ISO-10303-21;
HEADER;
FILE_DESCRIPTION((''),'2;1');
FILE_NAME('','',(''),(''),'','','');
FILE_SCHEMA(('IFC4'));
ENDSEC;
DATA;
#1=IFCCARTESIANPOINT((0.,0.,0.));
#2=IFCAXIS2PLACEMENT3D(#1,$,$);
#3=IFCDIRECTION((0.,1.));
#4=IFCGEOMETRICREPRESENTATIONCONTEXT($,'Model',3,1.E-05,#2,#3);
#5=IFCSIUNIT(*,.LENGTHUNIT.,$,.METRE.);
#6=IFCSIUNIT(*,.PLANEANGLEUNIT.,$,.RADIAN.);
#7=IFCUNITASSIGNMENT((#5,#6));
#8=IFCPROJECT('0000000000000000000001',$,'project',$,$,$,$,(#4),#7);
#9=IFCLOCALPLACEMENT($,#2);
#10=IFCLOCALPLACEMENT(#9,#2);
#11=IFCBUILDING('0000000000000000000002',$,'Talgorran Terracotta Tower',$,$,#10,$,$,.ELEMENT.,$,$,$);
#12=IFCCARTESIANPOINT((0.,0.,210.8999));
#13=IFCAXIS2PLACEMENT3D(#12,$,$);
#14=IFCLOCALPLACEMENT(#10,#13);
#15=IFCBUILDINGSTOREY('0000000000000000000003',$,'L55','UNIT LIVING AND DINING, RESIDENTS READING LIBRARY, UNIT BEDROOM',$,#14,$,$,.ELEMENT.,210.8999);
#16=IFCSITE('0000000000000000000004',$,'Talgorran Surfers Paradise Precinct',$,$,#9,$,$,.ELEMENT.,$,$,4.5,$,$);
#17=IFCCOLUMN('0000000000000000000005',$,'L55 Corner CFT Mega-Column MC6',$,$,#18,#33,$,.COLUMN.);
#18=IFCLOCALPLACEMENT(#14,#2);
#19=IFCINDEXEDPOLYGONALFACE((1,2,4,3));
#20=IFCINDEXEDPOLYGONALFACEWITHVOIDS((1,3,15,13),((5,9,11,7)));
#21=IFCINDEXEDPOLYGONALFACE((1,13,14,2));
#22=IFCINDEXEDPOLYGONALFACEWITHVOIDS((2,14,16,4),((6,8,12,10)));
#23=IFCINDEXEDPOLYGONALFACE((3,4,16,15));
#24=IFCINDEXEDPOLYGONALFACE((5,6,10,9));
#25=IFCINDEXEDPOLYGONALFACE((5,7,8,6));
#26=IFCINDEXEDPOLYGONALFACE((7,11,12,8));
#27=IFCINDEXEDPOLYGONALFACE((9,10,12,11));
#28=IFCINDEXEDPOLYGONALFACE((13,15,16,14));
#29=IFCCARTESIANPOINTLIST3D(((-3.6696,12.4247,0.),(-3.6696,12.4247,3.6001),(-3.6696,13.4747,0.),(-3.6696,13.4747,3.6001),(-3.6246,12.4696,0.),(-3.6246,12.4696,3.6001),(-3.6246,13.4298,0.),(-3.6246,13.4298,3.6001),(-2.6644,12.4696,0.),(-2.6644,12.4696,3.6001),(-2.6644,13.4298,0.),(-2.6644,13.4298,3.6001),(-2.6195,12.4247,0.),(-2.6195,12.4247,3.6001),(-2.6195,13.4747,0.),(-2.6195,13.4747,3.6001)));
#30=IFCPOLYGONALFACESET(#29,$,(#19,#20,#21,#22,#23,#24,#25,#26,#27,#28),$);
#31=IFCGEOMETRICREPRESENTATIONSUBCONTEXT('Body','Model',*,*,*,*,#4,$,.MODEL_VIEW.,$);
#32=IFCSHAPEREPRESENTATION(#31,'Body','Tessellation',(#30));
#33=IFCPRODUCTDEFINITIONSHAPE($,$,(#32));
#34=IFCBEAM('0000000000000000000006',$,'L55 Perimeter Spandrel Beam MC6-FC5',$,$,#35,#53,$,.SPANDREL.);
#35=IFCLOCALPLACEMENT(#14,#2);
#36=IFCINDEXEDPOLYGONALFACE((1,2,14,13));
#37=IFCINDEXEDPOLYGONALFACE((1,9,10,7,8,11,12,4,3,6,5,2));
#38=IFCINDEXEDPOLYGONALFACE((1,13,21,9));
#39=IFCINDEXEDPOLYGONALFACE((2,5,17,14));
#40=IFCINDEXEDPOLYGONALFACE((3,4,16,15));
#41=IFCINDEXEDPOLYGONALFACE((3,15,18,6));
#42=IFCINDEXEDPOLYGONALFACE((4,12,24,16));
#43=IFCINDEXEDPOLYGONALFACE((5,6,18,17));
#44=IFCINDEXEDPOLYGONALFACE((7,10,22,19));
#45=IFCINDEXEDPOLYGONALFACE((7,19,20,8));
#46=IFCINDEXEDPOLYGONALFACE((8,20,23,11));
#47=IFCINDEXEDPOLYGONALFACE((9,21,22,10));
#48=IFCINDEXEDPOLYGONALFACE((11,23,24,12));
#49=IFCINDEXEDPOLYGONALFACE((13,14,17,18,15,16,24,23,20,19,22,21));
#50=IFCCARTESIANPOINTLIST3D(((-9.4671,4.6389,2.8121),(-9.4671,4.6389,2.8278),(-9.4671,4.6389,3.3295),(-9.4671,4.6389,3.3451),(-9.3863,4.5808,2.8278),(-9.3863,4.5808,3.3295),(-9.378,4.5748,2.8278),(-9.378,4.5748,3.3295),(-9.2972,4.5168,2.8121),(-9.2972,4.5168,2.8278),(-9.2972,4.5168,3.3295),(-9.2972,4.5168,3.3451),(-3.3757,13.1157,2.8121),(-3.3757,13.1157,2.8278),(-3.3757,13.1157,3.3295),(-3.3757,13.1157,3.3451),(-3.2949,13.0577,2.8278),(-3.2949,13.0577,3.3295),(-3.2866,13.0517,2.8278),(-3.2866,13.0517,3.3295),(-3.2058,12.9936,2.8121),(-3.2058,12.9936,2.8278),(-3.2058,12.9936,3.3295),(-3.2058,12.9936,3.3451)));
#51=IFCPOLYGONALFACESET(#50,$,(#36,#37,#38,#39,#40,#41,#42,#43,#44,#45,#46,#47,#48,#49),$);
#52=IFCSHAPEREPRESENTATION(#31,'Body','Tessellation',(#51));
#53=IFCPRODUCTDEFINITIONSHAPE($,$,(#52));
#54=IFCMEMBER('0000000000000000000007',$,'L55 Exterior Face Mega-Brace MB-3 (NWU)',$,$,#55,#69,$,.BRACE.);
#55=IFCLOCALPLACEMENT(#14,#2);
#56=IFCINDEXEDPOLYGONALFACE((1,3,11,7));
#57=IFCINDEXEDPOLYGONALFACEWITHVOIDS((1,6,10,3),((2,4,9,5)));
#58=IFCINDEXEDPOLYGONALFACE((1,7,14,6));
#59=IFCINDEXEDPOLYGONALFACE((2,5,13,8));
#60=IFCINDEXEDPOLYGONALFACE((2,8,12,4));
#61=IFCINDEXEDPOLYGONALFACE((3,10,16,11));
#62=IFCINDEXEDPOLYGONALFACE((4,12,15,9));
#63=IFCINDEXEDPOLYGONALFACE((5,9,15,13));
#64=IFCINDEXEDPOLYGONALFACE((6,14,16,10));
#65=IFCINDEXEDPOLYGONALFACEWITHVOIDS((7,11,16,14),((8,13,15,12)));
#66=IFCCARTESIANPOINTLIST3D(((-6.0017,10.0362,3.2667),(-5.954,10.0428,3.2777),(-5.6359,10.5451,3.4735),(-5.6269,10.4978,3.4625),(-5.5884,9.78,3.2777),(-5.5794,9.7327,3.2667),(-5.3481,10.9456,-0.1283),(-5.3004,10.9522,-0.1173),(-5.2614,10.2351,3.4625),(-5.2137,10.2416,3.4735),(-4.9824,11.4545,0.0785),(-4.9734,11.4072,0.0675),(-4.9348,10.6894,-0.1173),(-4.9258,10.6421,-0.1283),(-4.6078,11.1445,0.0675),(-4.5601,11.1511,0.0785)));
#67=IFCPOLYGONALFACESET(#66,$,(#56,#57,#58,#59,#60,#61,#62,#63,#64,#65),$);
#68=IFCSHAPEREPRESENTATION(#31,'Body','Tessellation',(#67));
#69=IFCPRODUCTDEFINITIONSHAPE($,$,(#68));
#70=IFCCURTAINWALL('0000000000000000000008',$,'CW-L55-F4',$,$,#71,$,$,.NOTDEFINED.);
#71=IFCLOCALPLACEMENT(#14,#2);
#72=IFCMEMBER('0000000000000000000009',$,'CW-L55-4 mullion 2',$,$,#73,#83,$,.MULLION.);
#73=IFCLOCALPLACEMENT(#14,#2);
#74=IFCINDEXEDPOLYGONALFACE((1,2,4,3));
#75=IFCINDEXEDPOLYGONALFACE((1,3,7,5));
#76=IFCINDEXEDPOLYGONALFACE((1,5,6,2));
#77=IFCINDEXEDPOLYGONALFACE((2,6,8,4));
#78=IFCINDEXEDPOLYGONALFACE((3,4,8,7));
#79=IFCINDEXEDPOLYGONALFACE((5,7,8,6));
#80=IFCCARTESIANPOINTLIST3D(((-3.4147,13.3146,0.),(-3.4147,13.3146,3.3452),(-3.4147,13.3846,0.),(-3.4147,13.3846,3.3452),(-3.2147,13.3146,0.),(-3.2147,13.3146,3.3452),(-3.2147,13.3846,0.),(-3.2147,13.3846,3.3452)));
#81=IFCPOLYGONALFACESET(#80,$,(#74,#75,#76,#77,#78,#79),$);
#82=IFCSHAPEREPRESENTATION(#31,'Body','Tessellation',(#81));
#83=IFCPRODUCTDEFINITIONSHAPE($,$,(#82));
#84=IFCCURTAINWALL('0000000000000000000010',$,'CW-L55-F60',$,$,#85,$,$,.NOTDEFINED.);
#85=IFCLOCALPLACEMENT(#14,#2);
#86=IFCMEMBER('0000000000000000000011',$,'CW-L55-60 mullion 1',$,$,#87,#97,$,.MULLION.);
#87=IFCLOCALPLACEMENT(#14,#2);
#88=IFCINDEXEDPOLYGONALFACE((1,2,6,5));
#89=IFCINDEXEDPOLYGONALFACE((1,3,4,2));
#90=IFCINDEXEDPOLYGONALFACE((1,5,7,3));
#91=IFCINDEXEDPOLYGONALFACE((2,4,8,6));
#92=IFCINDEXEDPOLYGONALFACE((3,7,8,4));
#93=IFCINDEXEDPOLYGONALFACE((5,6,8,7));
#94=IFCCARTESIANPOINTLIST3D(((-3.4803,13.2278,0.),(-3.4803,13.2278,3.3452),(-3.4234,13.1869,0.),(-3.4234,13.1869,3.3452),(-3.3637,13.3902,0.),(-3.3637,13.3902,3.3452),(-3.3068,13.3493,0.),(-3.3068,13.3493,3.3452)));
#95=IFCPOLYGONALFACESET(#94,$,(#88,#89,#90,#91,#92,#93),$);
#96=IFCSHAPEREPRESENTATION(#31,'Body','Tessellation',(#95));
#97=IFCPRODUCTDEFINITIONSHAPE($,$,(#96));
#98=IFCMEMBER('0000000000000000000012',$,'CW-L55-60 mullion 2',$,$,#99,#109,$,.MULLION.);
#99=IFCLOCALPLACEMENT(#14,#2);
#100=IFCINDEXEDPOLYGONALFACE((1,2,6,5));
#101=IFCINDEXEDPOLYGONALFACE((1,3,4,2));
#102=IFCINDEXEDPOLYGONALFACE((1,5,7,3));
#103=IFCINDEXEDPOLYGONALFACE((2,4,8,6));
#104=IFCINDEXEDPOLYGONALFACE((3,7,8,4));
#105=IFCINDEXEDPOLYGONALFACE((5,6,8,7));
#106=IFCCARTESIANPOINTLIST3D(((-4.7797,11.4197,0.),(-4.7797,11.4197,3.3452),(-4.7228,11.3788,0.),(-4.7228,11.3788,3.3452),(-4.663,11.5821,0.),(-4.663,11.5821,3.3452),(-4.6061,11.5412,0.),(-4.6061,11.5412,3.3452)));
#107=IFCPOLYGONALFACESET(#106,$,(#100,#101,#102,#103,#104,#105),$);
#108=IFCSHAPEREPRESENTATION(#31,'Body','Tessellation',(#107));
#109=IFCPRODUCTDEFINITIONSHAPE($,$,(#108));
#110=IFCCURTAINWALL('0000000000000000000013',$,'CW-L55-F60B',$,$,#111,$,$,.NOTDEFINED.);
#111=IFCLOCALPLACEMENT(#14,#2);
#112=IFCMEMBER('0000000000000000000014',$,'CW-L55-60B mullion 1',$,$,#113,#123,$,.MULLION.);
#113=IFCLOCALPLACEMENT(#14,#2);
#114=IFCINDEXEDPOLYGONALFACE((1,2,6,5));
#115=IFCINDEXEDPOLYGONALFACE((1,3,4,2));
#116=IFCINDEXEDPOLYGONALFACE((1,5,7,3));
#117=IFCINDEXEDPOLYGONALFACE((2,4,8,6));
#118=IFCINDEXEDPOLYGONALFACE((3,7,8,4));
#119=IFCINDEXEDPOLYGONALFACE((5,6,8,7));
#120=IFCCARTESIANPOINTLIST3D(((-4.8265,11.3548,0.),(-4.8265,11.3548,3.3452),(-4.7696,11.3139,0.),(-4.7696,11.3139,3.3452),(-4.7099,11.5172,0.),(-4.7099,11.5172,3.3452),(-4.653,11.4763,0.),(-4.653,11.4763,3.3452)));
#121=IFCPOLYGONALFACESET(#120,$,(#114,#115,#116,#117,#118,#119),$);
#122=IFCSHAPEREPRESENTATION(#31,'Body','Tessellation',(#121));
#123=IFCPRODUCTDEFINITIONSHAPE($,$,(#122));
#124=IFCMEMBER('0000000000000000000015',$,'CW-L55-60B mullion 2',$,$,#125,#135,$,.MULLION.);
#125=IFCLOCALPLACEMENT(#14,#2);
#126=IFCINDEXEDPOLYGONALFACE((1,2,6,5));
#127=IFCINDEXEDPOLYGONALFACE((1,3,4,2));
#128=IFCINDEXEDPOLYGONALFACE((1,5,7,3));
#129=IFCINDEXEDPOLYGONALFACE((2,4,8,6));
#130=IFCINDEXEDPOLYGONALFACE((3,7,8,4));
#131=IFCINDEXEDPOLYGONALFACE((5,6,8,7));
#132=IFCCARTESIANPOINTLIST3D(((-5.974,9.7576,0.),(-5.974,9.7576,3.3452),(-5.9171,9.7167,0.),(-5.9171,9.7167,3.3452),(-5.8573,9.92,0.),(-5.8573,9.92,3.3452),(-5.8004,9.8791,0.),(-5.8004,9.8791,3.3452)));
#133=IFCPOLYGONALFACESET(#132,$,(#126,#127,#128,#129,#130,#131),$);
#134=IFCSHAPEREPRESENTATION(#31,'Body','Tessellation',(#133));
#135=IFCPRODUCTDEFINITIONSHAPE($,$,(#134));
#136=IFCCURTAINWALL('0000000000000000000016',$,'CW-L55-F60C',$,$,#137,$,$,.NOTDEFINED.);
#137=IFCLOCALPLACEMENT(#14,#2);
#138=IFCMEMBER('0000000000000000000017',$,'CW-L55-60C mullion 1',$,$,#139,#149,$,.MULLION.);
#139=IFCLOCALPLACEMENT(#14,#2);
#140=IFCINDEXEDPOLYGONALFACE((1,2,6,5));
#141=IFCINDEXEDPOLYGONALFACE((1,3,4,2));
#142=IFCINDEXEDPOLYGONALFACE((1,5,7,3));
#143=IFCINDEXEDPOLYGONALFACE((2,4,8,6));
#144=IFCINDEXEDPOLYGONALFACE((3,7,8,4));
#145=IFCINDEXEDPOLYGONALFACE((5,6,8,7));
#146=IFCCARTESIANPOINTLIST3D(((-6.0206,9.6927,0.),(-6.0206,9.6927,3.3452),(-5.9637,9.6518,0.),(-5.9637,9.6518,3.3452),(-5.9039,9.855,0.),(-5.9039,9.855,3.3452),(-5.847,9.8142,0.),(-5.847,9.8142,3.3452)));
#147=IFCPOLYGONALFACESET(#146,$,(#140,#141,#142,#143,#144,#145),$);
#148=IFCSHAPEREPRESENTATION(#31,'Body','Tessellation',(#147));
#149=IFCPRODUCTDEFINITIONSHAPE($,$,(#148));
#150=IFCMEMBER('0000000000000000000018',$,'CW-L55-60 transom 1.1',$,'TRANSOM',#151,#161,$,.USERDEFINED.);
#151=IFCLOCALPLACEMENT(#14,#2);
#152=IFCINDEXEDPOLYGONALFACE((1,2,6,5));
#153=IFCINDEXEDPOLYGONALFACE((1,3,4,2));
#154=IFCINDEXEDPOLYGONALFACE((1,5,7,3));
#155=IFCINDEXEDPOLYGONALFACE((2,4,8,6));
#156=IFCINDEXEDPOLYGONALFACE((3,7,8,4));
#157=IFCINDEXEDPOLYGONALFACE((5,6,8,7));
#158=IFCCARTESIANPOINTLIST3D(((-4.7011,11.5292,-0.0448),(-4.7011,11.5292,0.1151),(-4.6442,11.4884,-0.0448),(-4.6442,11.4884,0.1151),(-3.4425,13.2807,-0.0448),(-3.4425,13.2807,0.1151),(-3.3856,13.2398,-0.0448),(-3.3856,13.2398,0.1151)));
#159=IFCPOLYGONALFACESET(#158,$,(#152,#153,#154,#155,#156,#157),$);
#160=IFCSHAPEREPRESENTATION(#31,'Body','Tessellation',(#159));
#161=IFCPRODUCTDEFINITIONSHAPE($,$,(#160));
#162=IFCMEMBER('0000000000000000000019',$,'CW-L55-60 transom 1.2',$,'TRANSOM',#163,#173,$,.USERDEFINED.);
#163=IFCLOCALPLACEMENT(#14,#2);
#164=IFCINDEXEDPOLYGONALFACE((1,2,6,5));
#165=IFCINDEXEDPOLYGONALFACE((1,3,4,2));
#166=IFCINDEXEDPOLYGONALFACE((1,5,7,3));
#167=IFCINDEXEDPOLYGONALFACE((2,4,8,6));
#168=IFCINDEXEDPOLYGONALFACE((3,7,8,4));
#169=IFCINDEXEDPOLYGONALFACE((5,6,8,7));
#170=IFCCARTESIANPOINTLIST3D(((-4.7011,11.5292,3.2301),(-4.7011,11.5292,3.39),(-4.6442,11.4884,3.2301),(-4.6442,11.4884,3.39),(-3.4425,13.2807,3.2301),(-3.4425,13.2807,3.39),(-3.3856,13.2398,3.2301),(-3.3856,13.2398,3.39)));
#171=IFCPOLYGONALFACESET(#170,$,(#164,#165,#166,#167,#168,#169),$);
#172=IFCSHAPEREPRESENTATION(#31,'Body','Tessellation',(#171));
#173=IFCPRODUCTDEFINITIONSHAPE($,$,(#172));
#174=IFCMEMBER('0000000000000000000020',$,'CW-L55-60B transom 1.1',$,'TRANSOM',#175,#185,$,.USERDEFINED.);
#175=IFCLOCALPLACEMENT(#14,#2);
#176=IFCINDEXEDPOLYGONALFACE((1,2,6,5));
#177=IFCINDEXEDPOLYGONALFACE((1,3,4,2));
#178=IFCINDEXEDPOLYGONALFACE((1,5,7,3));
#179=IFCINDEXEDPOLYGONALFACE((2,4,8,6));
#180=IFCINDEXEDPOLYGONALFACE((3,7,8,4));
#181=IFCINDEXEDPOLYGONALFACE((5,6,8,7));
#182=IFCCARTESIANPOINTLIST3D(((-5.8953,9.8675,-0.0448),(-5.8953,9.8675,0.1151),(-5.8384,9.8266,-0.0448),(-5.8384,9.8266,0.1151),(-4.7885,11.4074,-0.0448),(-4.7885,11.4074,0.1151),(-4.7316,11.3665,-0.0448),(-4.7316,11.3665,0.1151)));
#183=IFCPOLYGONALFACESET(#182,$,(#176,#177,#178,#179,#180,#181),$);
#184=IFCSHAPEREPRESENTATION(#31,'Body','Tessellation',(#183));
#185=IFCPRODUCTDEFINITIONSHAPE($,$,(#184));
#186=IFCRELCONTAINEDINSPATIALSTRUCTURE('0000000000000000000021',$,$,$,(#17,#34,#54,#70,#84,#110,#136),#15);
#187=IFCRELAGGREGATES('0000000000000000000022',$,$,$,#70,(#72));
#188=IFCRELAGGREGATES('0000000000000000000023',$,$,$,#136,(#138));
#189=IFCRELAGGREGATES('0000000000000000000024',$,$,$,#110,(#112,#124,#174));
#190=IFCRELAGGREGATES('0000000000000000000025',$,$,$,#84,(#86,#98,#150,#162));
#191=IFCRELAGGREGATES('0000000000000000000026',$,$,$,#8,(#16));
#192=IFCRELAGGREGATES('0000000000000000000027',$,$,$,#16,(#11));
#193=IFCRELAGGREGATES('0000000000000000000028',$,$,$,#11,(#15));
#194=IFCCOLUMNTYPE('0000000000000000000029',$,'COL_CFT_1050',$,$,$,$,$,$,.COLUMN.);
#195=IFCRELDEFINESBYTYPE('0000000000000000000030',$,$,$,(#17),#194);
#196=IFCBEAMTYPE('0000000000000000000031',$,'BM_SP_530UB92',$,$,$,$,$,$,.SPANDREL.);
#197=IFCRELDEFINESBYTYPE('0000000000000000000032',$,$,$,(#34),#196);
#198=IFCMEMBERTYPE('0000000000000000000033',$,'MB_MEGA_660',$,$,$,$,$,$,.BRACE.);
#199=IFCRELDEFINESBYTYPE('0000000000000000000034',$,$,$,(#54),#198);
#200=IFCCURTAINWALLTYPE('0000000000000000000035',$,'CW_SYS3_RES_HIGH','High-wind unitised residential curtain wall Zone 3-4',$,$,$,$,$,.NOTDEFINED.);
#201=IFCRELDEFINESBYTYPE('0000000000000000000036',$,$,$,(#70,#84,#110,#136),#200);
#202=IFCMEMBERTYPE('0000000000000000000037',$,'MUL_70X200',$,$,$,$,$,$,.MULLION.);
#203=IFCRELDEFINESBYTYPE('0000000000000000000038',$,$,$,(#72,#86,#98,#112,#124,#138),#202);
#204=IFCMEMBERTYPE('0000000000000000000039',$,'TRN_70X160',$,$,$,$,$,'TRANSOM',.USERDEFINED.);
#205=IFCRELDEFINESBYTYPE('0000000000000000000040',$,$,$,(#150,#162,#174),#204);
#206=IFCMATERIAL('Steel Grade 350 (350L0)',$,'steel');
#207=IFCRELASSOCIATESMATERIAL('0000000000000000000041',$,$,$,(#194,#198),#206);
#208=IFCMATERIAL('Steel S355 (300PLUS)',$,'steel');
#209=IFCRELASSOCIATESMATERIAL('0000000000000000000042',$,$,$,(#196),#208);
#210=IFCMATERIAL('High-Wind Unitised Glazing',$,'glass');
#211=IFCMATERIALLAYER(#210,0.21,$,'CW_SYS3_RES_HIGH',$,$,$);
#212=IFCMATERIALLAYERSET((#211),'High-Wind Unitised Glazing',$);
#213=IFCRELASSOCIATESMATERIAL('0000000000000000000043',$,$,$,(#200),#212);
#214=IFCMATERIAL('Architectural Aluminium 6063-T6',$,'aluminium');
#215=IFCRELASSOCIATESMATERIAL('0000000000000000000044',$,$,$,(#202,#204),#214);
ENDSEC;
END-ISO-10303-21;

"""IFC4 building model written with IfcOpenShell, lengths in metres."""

from ifc_helpers import new_model, si_unit, direction, frame, origin, origin_2d, place, context, subcontext, project, spatial, rectangle, hollow_rectangle, i_section, extrude, material, layer, layer_set, material_profile, profile_set, type_object, element, aggregate, save


model = new_model("IFC4")

# Units and contexts
model_context = context("Model", 3, precision=1e-05, world=origin(), true_north=direction((0.0, 1.0)))
body_context = subcontext(model_context, "Body", "Model", "MODEL_VIEW")
ifc_project = project(units=[si_unit("LENGTHUNIT", "METRE"), si_unit("PLANEANGLEUNIT", "RADIAN")], contexts=[model_context])

# Site, building, storey
site_placement = place(None, origin())
site = spatial("IfcSite", under=ifc_project, at=site_placement, Name="Talgorran Surfers Paradise Precinct", CompositionType="ELEMENT", RefElevation=4.5)
building_placement = place(site_placement, origin())
building = spatial("IfcBuilding", under=site, at=building_placement, Name="Talgorran Terracotta Tower", CompositionType="ELEMENT")
storey_placement = place(building_placement, frame((0.0, 0.0, 210.8999)))
storey = spatial("IfcBuildingStorey", under=building, at=storey_placement, Name="L55", Description="UNIT LIVING AND DINING, RESIDENTS READING LIBRARY, UNIT BEDROOM", CompositionType="ELEMENT", Elevation=210.8999)

# Column
ifc_material_1 = material(Name="Steel Grade 350 (350L0)", Category="steel")
ifc_material_profile_1 = material_profile(ifc_material_1, hollow_rectangle(XDim=1.05, YDim=1.05, WallThickness=0.0449, at=origin_2d()), Name="CFT1050X1050X45")
ifc_profile_set_1 = profile_set([ifc_material_profile_1], Name="Steel Grade 350 (350L0)")
column_type = type_object("IfcColumnType", Name="COL_CFT_1050", PredefinedType="COLUMN", material=ifc_profile_set_1)
column_placement = place(storey_placement, frame((-3.1445, 12.9497, 0.0), z_axis=(0.0, 0.0, 1.0), x_axis=(1.0, 0.0, 0.0)))
element("IfcColumn", 1, at=column_placement, inside=storey, type_object=column_type, Name="L55 Corner CFT Mega-Column MC6", PredefinedType="COLUMN", context=body_context, shape_type="SweptSolid", body=[
    extrude(hollow_rectangle(XDim=1.05, YDim=1.05, WallThickness=0.0449, at=origin_2d()), origin(), (0.0, 0.0, 1.0), 3.6001),
])

# Beam
ifc_material_2 = material(Name="Steel S355 (300PLUS)", Category="steel")
ifc_material_profile_2 = material_profile(ifc_material_2, i_section(OverallWidth=0.2092, OverallDepth=0.533, WebThickness=0.0103, FlangeThickness=0.0156, at=origin_2d()), Name="530UB92.4")
ifc_profile_set_2 = profile_set([ifc_material_profile_2], Name="Steel S355 (300PLUS)")
beam_type = type_object("IfcBeamType", Name="BM_SP_530UB92", PredefinedType="SPANDREL", material=ifc_profile_set_2)
beam_placement = place(storey_placement, frame((-3.2908, 13.0547, 3.0786), z_axis=(-0.583548, -0.812079, 0.0), x_axis=(0.812079, -0.583548, 0.0)))
element("IfcBeam", 2, at=beam_placement, inside=storey, type_object=beam_type, Name="L55 Perimeter Spandrel Beam MC6-FC5", PredefinedType="SPANDREL", context=body_context, shape_type="SweptSolid", body=[
    extrude(i_section(OverallWidth=0.2092, OverallDepth=0.533, WebThickness=0.0103, FlangeThickness=0.0156, at=origin_2d()), origin(), (0.0, 0.0, 1.0), 10.4385),
])

# Member
ifc_material_profile_3 = material_profile(ifc_material_1, hollow_rectangle(XDim=0.52, YDim=0.6599, WallThickness=0.0349, at=origin_2d()), Name="WBOX660X520X35")
ifc_profile_set_3 = profile_set([ifc_material_profile_3], Name="Steel Grade 350 (350L0)")
member_type_1 = type_object("IfcMemberType", Name="MB_MEGA_660", PredefinedType="BRACE", material=ifc_profile_set_3)
member_1_placement = place(storey_placement, frame((-4.9541, 11.0483, -0.0249), z_axis=(-0.182817, -0.254387, 0.949666), x_axis=(0.812051, -0.583587, 0.0)))
element("IfcMember", 3, at=member_1_placement, inside=storey, type_object=member_type_1, Name="L55 Exterior Face Mega-Brace MB-3 (NWU)", PredefinedType="BRACE", context=body_context, shape_type="SweptSolid", body=[
    extrude(hollow_rectangle(XDim=0.52, YDim=0.6599, WallThickness=0.0349, at=origin_2d()), origin(), (0.0, 0.0, 1.0), 3.575),
])

# Curtain wall, member
ifc_material_3 = material(Name="High-Wind Unitised Glazing", Category="glass")
ifc_layer_1 = layer(ifc_material_3, 0.21, Name="CW_SYS3_RES_HIGH")
ifc_layer_set_1 = layer_set([ifc_layer_1], Name="High-Wind Unitised Glazing")
curtain_wall_type = type_object("IfcCurtainWallType", Name="CW_SYS3_RES_HIGH", Description="High-wind unitised residential curtain wall Zone 3-4", PredefinedType="NOTDEFINED", material=ifc_layer_set_1)
curtain_wall_1_placement = place(storey_placement, origin())
curtain_wall_1 = element("IfcCurtainWall", 4, at=curtain_wall_1_placement, inside=storey, type_object=curtain_wall_type, Name="CW-L55-F4", PredefinedType="NOTDEFINED")
ifc_material_4 = material(Name="Architectural Aluminium 6063-T6", Category="aluminium")
ifc_material_profile_4 = material_profile(ifc_material_4, rectangle(XDim=0.0701, YDim=0.2, at=origin_2d()), Name="CWM70X200")
ifc_profile_set_4 = profile_set([ifc_material_profile_4], Name="Architectural Aluminium 6063-T6")
member_type_2 = type_object("IfcMemberType", Name="MUL_70X200", PredefinedType="MULLION", material=ifc_profile_set_4)
member_2_placement = place(storey_placement, frame((-3.3147, 13.3496, 0.0), z_axis=(0.0, 0.0, 1.0), x_axis=(0.0, -1.0, 0.0)))
member_2 = element("IfcMember", 5, at=member_2_placement, type_object=member_type_2, Name="CW-L55-4 mullion 2", PredefinedType="MULLION", context=body_context, shape_type="SweptSolid", body=[
    extrude(rectangle(XDim=0.0701, YDim=0.2, at=origin_2d()), origin(), (0.0, 0.0, 1.0), 3.3452),
])
aggregate(curtain_wall_1, [member_2])

# Curtain walls, members
curtain_wall_2_placement = place(storey_placement, origin())
curtain_wall_2 = element("IfcCurtainWall", 6, at=curtain_wall_2_placement, inside=storey, type_object=curtain_wall_type, Name="CW-L55-F60", PredefinedType="NOTDEFINED")
member_3_placement = place(storey_placement, frame((-3.3936, 13.2886, 0.0), z_axis=(0.0, 0.0, 1.0), x_axis=(0.812065, -0.583567, 0.0)))
member_3 = element("IfcMember", 7, at=member_3_placement, type_object=member_type_2, Name="CW-L55-60 mullion 1", PredefinedType="MULLION", context=body_context, shape_type="SweptSolid", body=[
    extrude(rectangle(XDim=0.0701, YDim=0.2, at=origin_2d()), origin(), (0.0, 0.0, 1.0), 3.3452),
])
member_4_placement = place(storey_placement, frame((-4.6929, 11.4805, 0.0), z_axis=(0.0, 0.0, 1.0), x_axis=(0.812065, -0.583567, 0.0)))
member_4 = element("IfcMember", 8, at=member_4_placement, type_object=member_type_2, Name="CW-L55-60 mullion 2", PredefinedType="MULLION", context=body_context, shape_type="SweptSolid", body=[
    extrude(rectangle(XDim=0.0701, YDim=0.2, at=origin_2d()), origin(), (0.0, 0.0, 1.0), 3.3452),
])
curtain_wall_3_placement = place(storey_placement, origin())
curtain_wall_3 = element("IfcCurtainWall", 9, at=curtain_wall_3_placement, inside=storey, type_object=curtain_wall_type, Name="CW-L55-F60B", PredefinedType="NOTDEFINED")
member_5_placement = place(storey_placement, frame((-4.7397, 11.4155, 0.0), z_axis=(0.0, 0.0, 1.0), x_axis=(0.812071, -0.583558, 0.0)))
member_5 = element("IfcMember", 10, at=member_5_placement, type_object=member_type_2, Name="CW-L55-60B mullion 1", PredefinedType="MULLION", context=body_context, shape_type="SweptSolid", body=[
    extrude(rectangle(XDim=0.0701, YDim=0.2, at=origin_2d()), origin(), (0.0, 0.0, 1.0), 3.3452),
])
member_6_placement = place(storey_placement, frame((-5.8872, 9.8184, 0.0), z_axis=(0.0, 0.0, 1.0), x_axis=(0.812071, -0.583558, 0.0)))
member_6 = element("IfcMember", 11, at=member_6_placement, type_object=member_type_2, Name="CW-L55-60B mullion 2", PredefinedType="MULLION", context=body_context, shape_type="SweptSolid", body=[
    extrude(rectangle(XDim=0.0701, YDim=0.2, at=origin_2d()), origin(), (0.0, 0.0, 1.0), 3.3452),
])

# Curtain wall, member
curtain_wall_4_placement = place(storey_placement, origin())
curtain_wall_4 = element("IfcCurtainWall", 12, at=curtain_wall_4_placement, inside=storey, type_object=curtain_wall_type, Name="CW-L55-F60C", PredefinedType="NOTDEFINED")
member_7_placement = place(storey_placement, frame((-5.9338, 9.7534, 0.0), z_axis=(0.0, 0.0, 1.0), x_axis=(0.812072, -0.583557, 0.0)))
member_7 = element("IfcMember", 13, at=member_7_placement, type_object=member_type_2, Name="CW-L55-60C mullion 1", PredefinedType="MULLION", context=body_context, shape_type="SweptSolid", body=[
    extrude(rectangle(XDim=0.0701, YDim=0.2, at=origin_2d()), origin(), (0.0, 0.0, 1.0), 3.3452),
])

# Members
ifc_material_profile_5 = material_profile(ifc_material_4, rectangle(XDim=0.0701, YDim=0.1599, at=origin_2d()), Name="CWT70X160")
ifc_profile_set_5 = profile_set([ifc_material_profile_5], Name="Architectural Aluminium 6063-T6")
member_type_3 = type_object("IfcMemberType", Name="TRN_70X160", ElementType="TRANSOM", PredefinedType="USERDEFINED", material=ifc_profile_set_5)
member_8_placement = place(storey_placement, frame((-3.4141, 13.2603, 0.0352), z_axis=(-0.583538, -0.812086, 0.0), x_axis=(0.812086, -0.583538, 0.0)))
member_8 = element("IfcMember", 14, at=member_8_placement, type_object=member_type_3, Name="CW-L55-60 transom 1.1", ObjectType="TRANSOM", PredefinedType="USERDEFINED", context=body_context, shape_type="SweptSolid", body=[
    extrude(rectangle(XDim=0.0701, YDim=0.1599, at=origin_2d()), origin(), (0.0, 0.0, 1.0), 2.1567),
])
member_9_placement = place(storey_placement, frame((-3.4141, 13.2603, 3.3101), z_axis=(-0.583538, -0.812086, 0.0), x_axis=(0.812086, -0.583538, 0.0)))
member_9 = element("IfcMember", 15, at=member_9_placement, type_object=member_type_3, Name="CW-L55-60 transom 1.2", ObjectType="TRANSOM", PredefinedType="USERDEFINED", context=body_context, shape_type="SweptSolid", body=[
    extrude(rectangle(XDim=0.0701, YDim=0.1599, at=origin_2d()), origin(), (0.0, 0.0, 1.0), 2.1567),
])
member_10_placement = place(storey_placement, frame((-4.76, 11.387, 0.0352), z_axis=(-0.583647, -0.812008, 0.0), x_axis=(0.812008, -0.583647, 0.0)))
member_10 = element("IfcMember", 16, at=member_10_placement, type_object=member_type_3, Name="CW-L55-60B transom 1.1", ObjectType="TRANSOM", PredefinedType="USERDEFINED", context=body_context, shape_type="SweptSolid", body=[
    extrude(rectangle(XDim=0.0701, YDim=0.1599, at=origin_2d()), origin(), (0.0, 0.0, 1.0), 1.8965),
])
aggregate(curtain_wall_4, [member_7])

aggregate(curtain_wall_3, [member_5, member_6, member_10])
aggregate(curtain_wall_2, [member_3, member_4, member_8, member_9])

save(model, "model.ifc")
